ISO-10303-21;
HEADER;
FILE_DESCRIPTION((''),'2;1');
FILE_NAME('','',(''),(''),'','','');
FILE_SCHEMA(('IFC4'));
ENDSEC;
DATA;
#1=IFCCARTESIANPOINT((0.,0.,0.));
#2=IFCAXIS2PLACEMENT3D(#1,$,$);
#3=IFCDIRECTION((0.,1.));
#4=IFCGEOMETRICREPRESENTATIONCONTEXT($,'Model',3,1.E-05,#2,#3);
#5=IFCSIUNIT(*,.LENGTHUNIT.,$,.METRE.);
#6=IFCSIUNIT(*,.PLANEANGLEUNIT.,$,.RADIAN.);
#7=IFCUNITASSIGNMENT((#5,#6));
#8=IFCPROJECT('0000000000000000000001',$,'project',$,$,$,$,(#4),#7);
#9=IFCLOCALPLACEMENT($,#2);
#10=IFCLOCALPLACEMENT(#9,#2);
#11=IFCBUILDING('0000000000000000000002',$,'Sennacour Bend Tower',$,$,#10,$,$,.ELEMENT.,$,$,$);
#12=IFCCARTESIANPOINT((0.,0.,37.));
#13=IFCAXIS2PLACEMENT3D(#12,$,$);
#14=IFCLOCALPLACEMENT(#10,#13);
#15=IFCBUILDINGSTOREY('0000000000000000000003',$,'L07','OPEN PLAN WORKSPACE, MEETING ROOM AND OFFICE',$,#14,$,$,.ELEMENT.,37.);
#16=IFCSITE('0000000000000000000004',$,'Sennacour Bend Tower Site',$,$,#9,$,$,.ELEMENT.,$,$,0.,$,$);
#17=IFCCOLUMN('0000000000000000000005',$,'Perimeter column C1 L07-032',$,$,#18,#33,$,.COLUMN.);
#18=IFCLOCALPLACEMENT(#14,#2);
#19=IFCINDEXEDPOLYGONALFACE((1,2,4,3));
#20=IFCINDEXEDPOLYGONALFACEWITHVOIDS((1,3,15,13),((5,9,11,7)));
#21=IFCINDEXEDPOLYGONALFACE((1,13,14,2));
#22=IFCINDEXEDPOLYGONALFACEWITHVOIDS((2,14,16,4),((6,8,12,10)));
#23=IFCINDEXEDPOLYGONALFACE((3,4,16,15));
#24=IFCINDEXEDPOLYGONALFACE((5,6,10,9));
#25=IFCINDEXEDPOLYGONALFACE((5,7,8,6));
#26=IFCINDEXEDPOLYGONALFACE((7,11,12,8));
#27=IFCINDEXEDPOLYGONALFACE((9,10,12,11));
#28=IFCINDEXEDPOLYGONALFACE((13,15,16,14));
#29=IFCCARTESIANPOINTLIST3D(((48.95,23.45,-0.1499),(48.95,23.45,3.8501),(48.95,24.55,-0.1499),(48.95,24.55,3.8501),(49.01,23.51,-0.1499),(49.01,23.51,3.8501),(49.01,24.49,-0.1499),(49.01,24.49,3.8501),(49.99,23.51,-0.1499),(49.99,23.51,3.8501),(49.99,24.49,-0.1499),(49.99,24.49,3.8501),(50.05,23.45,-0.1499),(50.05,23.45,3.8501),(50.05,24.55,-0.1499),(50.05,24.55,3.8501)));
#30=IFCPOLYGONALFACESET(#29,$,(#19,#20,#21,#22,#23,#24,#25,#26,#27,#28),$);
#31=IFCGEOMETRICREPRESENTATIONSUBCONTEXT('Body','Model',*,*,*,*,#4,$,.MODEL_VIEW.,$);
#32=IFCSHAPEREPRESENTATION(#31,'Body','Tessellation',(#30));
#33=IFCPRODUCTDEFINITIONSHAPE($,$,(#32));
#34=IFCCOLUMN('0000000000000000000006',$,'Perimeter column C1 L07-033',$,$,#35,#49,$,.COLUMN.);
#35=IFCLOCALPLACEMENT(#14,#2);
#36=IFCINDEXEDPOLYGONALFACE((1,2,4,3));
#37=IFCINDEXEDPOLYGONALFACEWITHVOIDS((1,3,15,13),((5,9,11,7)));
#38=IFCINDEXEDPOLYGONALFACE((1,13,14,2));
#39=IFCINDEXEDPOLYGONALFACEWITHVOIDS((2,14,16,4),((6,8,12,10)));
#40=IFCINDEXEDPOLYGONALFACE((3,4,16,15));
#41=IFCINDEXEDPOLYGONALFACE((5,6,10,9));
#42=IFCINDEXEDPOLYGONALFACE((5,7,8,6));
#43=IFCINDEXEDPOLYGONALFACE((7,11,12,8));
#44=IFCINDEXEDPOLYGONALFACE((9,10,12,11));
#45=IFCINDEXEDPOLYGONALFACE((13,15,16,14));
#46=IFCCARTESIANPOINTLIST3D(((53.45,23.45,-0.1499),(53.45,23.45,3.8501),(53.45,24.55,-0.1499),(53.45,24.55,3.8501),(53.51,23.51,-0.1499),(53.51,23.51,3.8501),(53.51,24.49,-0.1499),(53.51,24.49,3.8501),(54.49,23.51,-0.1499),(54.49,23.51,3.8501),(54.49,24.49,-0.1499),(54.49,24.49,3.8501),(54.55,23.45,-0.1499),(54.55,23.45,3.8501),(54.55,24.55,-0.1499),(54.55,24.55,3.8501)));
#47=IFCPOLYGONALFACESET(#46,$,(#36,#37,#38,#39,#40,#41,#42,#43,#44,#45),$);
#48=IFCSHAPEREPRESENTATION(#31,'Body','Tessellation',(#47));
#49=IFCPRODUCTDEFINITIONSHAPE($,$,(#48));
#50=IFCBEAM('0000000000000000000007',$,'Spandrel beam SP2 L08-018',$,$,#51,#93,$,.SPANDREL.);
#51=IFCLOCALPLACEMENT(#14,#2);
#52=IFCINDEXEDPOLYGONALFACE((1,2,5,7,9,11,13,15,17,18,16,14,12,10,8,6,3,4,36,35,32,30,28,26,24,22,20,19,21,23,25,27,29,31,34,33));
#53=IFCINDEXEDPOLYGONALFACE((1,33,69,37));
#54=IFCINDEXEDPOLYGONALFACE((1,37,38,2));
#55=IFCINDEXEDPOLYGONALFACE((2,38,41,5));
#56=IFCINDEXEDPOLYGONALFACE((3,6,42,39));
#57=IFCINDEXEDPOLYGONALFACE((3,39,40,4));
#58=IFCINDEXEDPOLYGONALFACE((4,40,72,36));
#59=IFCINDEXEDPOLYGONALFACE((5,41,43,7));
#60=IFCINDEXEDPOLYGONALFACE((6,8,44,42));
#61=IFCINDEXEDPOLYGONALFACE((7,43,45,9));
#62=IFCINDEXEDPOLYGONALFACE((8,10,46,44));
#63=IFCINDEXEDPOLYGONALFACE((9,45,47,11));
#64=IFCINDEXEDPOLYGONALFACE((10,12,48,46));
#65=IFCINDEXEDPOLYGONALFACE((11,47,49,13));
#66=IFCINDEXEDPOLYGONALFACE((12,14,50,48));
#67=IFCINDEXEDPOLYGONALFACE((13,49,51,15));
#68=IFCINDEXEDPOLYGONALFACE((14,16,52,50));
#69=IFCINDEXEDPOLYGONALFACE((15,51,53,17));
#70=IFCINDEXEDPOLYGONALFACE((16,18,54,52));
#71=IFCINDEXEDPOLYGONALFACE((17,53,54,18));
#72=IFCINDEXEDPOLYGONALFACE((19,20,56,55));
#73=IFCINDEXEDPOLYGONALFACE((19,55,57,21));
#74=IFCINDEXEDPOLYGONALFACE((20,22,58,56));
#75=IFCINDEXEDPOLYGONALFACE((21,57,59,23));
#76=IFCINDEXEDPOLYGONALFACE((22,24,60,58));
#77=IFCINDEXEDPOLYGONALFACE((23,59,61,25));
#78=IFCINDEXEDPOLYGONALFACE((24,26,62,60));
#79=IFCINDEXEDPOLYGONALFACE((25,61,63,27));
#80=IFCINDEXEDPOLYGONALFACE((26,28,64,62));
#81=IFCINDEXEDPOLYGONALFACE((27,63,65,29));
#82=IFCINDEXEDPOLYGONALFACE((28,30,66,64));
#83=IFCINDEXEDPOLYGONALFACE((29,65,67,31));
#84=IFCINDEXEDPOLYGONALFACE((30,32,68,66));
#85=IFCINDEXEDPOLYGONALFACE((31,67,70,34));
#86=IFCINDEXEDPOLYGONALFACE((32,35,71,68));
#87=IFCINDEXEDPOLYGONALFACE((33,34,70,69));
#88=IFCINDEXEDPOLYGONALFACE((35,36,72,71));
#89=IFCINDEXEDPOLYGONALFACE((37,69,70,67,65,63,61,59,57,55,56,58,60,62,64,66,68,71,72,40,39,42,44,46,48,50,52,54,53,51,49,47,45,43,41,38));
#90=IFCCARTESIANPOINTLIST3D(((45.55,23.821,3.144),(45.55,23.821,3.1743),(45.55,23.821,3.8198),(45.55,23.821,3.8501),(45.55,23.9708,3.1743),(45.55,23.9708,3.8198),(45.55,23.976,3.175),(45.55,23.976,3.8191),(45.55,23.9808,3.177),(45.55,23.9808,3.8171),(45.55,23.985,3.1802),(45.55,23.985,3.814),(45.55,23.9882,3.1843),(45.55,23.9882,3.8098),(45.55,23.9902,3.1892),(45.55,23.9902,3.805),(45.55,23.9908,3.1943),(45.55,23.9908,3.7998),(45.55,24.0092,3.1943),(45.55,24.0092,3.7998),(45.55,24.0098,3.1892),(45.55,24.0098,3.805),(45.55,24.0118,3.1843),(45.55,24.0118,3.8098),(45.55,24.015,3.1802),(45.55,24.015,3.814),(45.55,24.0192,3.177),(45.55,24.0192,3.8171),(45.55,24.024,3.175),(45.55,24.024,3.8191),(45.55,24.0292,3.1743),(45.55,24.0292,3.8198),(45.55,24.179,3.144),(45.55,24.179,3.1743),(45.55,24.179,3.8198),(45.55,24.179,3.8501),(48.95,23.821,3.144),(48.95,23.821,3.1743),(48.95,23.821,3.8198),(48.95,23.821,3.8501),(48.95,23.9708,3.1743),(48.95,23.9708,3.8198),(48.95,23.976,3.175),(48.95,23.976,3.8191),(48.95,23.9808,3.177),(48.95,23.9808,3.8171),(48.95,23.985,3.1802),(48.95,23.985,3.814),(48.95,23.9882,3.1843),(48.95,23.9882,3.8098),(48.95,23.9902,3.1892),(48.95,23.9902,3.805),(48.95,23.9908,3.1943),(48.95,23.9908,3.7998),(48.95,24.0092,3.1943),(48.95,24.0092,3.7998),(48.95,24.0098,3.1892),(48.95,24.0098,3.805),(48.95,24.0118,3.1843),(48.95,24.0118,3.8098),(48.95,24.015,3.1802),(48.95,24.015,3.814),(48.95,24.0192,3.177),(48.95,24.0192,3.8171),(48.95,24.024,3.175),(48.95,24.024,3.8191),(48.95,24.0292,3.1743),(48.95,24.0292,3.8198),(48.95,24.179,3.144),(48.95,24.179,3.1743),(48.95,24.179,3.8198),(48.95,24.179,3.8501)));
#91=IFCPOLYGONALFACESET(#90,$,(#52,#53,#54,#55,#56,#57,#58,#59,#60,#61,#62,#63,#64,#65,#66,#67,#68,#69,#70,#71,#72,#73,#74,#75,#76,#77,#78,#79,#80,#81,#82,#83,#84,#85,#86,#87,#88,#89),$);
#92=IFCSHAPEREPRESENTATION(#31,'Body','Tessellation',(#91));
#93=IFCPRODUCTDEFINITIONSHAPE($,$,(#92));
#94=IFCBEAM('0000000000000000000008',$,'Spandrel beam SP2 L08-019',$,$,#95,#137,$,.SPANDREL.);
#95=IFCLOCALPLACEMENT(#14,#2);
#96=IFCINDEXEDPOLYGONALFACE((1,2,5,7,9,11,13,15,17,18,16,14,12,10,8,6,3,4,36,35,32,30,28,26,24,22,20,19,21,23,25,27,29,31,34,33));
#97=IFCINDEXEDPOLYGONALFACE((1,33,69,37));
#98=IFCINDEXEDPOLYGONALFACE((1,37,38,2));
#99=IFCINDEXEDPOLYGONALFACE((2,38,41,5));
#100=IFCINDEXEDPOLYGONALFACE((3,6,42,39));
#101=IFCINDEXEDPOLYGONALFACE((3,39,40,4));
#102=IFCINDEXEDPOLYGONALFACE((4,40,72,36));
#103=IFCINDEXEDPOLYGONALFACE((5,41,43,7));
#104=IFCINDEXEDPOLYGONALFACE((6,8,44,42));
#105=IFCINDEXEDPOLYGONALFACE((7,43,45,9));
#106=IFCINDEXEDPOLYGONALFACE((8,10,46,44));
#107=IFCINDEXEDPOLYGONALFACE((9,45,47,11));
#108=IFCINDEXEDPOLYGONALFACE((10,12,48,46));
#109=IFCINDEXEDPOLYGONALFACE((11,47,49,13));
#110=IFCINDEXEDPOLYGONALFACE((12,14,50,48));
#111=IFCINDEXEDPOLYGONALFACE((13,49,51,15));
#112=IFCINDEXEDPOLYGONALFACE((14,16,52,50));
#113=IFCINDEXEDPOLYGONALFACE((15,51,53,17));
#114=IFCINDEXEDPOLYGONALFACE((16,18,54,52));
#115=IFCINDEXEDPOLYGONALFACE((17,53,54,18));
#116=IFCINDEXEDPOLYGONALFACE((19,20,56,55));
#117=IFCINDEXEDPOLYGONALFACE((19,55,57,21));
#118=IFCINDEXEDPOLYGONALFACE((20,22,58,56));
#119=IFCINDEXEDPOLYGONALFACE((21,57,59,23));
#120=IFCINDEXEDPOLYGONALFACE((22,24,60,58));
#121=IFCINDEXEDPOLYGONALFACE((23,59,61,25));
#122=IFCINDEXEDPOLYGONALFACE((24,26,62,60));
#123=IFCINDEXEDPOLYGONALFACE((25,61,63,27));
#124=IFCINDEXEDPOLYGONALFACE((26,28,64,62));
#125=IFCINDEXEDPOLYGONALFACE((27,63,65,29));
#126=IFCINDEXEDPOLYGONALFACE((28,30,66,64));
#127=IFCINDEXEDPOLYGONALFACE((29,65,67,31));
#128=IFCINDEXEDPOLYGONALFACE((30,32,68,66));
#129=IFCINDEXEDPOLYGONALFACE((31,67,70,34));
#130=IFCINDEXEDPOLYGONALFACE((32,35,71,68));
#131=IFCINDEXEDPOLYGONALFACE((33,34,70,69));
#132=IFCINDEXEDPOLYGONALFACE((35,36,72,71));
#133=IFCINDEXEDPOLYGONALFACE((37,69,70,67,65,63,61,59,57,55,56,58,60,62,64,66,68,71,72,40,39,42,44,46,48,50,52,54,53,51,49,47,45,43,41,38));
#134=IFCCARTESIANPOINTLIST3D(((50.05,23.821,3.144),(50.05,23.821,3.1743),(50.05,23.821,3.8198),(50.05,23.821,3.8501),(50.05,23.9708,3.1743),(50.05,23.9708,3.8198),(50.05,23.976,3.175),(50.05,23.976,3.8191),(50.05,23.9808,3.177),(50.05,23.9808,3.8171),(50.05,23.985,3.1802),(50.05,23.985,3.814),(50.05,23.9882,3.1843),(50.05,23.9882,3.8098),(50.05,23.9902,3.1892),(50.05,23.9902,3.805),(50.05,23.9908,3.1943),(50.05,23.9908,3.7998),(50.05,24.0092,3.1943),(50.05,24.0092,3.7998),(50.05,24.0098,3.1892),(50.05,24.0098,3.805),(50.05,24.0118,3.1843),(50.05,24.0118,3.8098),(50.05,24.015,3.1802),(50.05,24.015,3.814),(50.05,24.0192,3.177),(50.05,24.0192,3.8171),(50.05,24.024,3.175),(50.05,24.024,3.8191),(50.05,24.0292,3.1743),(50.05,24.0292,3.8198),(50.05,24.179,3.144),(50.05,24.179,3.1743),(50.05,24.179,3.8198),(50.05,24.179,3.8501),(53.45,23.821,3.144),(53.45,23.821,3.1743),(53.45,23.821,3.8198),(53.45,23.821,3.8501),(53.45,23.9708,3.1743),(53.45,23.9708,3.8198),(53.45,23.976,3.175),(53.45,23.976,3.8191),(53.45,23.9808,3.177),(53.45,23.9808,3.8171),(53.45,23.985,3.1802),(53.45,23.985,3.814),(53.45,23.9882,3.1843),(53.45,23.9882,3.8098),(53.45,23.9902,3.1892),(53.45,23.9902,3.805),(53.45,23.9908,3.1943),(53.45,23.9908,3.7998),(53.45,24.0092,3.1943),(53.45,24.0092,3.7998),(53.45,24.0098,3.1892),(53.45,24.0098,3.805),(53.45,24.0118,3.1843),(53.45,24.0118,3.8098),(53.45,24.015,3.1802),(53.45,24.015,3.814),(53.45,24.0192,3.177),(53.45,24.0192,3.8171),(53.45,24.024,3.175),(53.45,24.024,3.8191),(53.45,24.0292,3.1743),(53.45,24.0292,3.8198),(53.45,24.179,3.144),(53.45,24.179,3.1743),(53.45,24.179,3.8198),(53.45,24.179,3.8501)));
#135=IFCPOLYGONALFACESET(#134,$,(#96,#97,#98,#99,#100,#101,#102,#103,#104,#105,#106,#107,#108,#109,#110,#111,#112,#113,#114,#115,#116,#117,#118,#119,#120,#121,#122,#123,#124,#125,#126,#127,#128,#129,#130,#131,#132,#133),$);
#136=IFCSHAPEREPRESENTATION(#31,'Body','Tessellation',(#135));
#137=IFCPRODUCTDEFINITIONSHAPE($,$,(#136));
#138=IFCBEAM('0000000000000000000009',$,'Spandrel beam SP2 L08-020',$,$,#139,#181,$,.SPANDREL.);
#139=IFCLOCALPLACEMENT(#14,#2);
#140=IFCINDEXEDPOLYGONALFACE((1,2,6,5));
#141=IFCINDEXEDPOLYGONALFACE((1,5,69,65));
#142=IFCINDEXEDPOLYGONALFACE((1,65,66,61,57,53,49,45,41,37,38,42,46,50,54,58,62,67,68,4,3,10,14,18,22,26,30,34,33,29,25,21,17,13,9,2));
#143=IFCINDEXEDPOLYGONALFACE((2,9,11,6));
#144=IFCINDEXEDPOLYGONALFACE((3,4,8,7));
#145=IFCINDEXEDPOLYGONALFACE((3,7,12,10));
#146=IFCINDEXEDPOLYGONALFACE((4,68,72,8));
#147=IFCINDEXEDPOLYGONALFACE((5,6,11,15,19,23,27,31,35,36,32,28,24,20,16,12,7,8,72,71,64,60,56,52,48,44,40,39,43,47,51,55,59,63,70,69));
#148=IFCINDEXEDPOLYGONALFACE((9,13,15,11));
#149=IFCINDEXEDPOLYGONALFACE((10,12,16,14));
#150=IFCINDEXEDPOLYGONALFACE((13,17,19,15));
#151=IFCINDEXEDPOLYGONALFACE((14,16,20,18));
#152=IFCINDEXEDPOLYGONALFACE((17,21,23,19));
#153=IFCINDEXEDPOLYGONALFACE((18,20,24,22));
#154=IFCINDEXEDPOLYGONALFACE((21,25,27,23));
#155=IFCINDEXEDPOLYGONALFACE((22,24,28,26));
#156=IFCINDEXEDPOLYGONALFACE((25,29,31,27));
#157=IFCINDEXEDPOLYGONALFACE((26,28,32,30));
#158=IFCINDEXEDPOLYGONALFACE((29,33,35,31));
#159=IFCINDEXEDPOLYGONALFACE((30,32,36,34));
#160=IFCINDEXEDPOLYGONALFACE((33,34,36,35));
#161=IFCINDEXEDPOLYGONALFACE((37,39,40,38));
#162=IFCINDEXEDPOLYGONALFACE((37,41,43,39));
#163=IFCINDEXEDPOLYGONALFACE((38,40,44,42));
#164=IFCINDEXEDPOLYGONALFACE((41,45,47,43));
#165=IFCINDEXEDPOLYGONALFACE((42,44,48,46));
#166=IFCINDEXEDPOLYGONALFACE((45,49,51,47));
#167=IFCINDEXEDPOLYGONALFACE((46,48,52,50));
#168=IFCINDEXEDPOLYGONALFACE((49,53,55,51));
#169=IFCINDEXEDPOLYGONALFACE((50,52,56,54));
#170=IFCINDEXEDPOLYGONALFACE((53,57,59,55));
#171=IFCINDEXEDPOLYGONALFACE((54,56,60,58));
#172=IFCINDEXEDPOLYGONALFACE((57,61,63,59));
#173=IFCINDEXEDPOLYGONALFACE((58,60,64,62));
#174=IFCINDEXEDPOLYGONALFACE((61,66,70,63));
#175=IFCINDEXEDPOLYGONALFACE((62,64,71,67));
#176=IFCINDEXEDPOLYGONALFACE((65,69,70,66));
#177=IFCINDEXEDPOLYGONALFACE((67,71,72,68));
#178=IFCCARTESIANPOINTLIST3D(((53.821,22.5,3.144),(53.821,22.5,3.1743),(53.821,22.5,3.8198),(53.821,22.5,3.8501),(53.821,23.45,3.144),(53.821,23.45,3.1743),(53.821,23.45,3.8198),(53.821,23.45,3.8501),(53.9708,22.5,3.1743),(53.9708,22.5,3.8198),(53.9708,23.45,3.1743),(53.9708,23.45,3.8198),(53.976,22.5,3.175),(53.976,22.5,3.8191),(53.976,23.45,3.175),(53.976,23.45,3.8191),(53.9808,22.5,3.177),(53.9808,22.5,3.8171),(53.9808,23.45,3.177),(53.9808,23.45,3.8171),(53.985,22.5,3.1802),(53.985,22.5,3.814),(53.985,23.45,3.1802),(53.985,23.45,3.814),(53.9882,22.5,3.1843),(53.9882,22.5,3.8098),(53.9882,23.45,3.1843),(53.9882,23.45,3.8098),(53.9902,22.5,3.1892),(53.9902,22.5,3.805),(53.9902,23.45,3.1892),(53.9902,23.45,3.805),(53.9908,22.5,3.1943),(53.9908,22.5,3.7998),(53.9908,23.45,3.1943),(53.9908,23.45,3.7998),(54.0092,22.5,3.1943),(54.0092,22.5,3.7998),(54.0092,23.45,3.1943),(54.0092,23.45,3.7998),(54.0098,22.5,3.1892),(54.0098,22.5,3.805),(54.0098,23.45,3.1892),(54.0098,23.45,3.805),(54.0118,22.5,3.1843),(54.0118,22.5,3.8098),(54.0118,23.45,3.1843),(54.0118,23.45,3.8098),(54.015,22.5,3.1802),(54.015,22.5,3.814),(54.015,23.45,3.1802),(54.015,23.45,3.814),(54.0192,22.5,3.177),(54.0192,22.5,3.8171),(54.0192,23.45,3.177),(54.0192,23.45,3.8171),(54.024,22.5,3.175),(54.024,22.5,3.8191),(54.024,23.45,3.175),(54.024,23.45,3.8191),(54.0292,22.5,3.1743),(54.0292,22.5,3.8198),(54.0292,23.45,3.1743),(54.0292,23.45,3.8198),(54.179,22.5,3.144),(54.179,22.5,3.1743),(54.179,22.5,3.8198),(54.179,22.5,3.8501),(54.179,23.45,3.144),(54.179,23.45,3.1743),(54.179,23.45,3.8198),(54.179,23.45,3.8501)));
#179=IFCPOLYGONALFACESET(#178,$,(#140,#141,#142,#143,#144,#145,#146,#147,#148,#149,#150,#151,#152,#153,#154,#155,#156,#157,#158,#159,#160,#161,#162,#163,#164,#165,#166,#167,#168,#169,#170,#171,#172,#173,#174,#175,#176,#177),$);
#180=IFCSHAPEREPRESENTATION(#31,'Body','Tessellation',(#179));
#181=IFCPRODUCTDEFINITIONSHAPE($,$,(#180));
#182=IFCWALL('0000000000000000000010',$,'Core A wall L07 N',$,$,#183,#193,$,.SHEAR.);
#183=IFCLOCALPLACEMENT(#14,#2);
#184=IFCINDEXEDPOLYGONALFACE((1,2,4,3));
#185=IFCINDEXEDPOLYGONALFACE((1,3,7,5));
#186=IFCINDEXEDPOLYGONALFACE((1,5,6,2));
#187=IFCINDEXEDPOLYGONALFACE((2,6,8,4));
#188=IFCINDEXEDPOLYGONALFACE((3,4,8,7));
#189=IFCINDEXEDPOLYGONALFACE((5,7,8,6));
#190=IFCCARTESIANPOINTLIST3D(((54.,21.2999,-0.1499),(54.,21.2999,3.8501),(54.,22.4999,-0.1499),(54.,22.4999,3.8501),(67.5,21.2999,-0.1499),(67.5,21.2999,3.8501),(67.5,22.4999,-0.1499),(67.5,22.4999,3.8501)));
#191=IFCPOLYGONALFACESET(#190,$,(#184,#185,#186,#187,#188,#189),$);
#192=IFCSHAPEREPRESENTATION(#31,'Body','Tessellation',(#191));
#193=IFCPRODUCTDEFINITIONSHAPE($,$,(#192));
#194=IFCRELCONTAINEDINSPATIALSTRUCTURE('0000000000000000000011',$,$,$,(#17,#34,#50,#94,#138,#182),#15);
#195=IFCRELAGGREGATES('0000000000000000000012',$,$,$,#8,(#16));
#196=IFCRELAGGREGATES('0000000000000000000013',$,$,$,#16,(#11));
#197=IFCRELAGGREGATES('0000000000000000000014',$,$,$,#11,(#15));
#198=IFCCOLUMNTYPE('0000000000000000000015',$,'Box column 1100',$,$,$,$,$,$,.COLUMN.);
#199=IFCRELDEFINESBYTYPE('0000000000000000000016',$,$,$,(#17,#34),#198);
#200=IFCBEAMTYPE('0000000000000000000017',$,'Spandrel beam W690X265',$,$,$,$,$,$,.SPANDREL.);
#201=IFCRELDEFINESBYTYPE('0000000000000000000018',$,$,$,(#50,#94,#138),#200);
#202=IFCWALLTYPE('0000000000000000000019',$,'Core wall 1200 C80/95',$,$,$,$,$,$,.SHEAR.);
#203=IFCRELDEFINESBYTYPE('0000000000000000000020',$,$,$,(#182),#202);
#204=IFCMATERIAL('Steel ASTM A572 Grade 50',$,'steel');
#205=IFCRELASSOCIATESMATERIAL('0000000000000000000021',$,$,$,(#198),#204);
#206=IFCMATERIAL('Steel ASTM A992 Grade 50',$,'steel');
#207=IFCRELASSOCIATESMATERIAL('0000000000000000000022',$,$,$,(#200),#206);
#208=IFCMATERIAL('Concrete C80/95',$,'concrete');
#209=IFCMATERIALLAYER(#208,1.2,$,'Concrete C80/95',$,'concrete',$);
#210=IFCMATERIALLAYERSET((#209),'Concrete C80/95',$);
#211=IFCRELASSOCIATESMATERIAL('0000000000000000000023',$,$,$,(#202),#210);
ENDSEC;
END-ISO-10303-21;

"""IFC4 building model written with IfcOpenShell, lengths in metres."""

from ifc_helpers import new_model, si_unit, direction, frame, frame_2d, origin, origin_2d, place, context, subcontext, project, spatial, rectangle, hollow_rectangle, i_section, extrude, material, layer, layer_set, material_profile, profile_set, type_object, element, save


model = new_model("IFC4")

# Units and contexts
model_context = context("Model", 3, precision=1e-05, world=origin(), true_north=direction((0.0, 1.0)))
body_context = subcontext(model_context, "Body", "Model", "MODEL_VIEW")
ifc_project = project(units=[si_unit("LENGTHUNIT", "METRE"), si_unit("PLANEANGLEUNIT", "RADIAN")], contexts=[model_context])

# Site, building, storey
site_placement = place(None, origin())
site = spatial("IfcSite", under=ifc_project, at=site_placement, Name="Sennacour Bend Tower Site", CompositionType="ELEMENT", RefElevation=0.0)
building_placement = place(site_placement, origin())
building = spatial("IfcBuilding", under=site, at=building_placement, Name="Sennacour Bend Tower", CompositionType="ELEMENT")
storey_placement = place(building_placement, frame((0.0, 0.0, 37.0)))
storey = spatial("IfcBuildingStorey", under=building, at=storey_placement, Name="L07", Description="OPEN PLAN WORKSPACE, MEETING ROOM AND OFFICE", CompositionType="ELEMENT", Elevation=37.0)

# Columns
ifc_material_1 = material(Name="Steel ASTM A572 Grade 50", Category="steel")
ifc_material_profile_1 = material_profile(ifc_material_1, hollow_rectangle(XDim=1.1001, YDim=1.1001, WallThickness=0.0601, at=origin_2d()), Name="Steel ASTM A572 Grade 50", Category="steel")
ifc_profile_set_1 = profile_set([ifc_material_profile_1], Name="Steel ASTM A572 Grade 50")
column_type = type_object("IfcColumnType", Name="Box column 1100", PredefinedType="COLUMN", material=ifc_profile_set_1)
for number, where, z_axis, x_axis, name in (
    (1, (49.5, 24.0, -0.1499), (0.0, 0.0, 1.0), (1.0, 0.0, 0.0), "Perimeter column C1 L07-032"),
    (2, (54.0, 24.0, -0.1499), (0.0, 0.0, 1.0), (1.0, 0.0, 0.0), "Perimeter column C1 L07-033"),
):
    element("IfcColumn", number, at=place(storey_placement, frame(where, z_axis=z_axis, x_axis=x_axis)), inside=storey, type_object=column_type, Name=name, PredefinedType="COLUMN", context=body_context, shape_type="SweptSolid", body=[
        extrude(hollow_rectangle(XDim=1.1001, YDim=1.1001, WallThickness=0.0601, at=origin_2d()), origin(), (0.0, 0.0, 1.0), 4.0),
    ])

# Beams
ifc_material_2 = material(Name="Steel ASTM A992 Grade 50", Category="steel")
ifc_material_profile_2 = material_profile(ifc_material_2, i_section(OverallWidth=0.3579, OverallDepth=0.7061, WebThickness=0.0183, FlangeThickness=0.0303, FilletRadius=0.02, at=origin_2d()), Name="Steel ASTM A992 Grade 50", Category="steel")
ifc_profile_set_2 = profile_set([ifc_material_profile_2], Name="Steel ASTM A992 Grade 50")
beam_type = type_object("IfcBeamType", Name="Spandrel beam W690X265", PredefinedType="SPANDREL", material=ifc_profile_set_2)
for number, where, z_axis, x_axis, name in (
    (3, (45.55, 24.0, 3.4971), (1.0, 0.0, 0.0), (0.0, 1.0, 0.0), "Spandrel beam SP2 L08-018"),
    (4, (50.05, 24.0, 3.4971), (1.0, 0.0, 0.0), (0.0, 1.0, 0.0), "Spandrel beam SP2 L08-019"),
):
    element("IfcBeam", number, at=place(storey_placement, frame(where, z_axis=z_axis, x_axis=x_axis)), inside=storey, type_object=beam_type, Name=name, PredefinedType="SPANDREL", context=body_context, shape_type="SweptSolid", body=[
        extrude(i_section(OverallWidth=0.3579, OverallDepth=0.7061, WebThickness=0.0183, FlangeThickness=0.0303, FilletRadius=0.02, at=origin_2d()), origin(), (0.0, 0.0, 1.0), 3.3999),
    ])
beam_placement = place(storey_placement, frame((54.0, 23.45, 3.4971), z_axis=(0.0, -1.0, 0.0), x_axis=(1.0, 0.0, 0.0)))
element("IfcBeam", 5, at=beam_placement, inside=storey, type_object=beam_type, Name="Spandrel beam SP2 L08-020", PredefinedType="SPANDREL", context=body_context, shape_type="SweptSolid", body=[
    extrude(i_section(OverallWidth=0.3579, OverallDepth=0.7061, WebThickness=0.0183, FlangeThickness=0.0303, FilletRadius=0.02, at=origin_2d()), origin(), (0.0, 0.0, 1.0), 0.95),
])

# Wall
ifc_material_3 = material(Name="Concrete C80/95", Category="concrete")
ifc_layer_1 = layer(ifc_material_3, 1.2, Name="Concrete C80/95", Category="concrete")
ifc_layer_set_1 = layer_set([ifc_layer_1], Name="Concrete C80/95")
wall_type_1 = type_object("IfcWallType", Name="Core wall 1200 C80/95", PredefinedType="SHEAR", material=ifc_layer_set_1)
wall_1_placement = place(storey_placement, frame((54.0, 21.8999, -0.1499), z_axis=(0.0, 0.0, 1.0), x_axis=(1.0, 0.0, 0.0)))
element("IfcWall", 6, at=wall_1_placement, inside=storey, type_object=wall_type_1, Name="Core A wall L07 N", PredefinedType="SHEAR", context=body_context, shape_type="SweptSolid", body=[
    extrude(rectangle(XDim=13.5, YDim=1.2, at=frame_2d((6.75, 0.0))), origin(), (0.0, 0.0, 1.0), 4.0),
])

save(model, "model.ifc")
